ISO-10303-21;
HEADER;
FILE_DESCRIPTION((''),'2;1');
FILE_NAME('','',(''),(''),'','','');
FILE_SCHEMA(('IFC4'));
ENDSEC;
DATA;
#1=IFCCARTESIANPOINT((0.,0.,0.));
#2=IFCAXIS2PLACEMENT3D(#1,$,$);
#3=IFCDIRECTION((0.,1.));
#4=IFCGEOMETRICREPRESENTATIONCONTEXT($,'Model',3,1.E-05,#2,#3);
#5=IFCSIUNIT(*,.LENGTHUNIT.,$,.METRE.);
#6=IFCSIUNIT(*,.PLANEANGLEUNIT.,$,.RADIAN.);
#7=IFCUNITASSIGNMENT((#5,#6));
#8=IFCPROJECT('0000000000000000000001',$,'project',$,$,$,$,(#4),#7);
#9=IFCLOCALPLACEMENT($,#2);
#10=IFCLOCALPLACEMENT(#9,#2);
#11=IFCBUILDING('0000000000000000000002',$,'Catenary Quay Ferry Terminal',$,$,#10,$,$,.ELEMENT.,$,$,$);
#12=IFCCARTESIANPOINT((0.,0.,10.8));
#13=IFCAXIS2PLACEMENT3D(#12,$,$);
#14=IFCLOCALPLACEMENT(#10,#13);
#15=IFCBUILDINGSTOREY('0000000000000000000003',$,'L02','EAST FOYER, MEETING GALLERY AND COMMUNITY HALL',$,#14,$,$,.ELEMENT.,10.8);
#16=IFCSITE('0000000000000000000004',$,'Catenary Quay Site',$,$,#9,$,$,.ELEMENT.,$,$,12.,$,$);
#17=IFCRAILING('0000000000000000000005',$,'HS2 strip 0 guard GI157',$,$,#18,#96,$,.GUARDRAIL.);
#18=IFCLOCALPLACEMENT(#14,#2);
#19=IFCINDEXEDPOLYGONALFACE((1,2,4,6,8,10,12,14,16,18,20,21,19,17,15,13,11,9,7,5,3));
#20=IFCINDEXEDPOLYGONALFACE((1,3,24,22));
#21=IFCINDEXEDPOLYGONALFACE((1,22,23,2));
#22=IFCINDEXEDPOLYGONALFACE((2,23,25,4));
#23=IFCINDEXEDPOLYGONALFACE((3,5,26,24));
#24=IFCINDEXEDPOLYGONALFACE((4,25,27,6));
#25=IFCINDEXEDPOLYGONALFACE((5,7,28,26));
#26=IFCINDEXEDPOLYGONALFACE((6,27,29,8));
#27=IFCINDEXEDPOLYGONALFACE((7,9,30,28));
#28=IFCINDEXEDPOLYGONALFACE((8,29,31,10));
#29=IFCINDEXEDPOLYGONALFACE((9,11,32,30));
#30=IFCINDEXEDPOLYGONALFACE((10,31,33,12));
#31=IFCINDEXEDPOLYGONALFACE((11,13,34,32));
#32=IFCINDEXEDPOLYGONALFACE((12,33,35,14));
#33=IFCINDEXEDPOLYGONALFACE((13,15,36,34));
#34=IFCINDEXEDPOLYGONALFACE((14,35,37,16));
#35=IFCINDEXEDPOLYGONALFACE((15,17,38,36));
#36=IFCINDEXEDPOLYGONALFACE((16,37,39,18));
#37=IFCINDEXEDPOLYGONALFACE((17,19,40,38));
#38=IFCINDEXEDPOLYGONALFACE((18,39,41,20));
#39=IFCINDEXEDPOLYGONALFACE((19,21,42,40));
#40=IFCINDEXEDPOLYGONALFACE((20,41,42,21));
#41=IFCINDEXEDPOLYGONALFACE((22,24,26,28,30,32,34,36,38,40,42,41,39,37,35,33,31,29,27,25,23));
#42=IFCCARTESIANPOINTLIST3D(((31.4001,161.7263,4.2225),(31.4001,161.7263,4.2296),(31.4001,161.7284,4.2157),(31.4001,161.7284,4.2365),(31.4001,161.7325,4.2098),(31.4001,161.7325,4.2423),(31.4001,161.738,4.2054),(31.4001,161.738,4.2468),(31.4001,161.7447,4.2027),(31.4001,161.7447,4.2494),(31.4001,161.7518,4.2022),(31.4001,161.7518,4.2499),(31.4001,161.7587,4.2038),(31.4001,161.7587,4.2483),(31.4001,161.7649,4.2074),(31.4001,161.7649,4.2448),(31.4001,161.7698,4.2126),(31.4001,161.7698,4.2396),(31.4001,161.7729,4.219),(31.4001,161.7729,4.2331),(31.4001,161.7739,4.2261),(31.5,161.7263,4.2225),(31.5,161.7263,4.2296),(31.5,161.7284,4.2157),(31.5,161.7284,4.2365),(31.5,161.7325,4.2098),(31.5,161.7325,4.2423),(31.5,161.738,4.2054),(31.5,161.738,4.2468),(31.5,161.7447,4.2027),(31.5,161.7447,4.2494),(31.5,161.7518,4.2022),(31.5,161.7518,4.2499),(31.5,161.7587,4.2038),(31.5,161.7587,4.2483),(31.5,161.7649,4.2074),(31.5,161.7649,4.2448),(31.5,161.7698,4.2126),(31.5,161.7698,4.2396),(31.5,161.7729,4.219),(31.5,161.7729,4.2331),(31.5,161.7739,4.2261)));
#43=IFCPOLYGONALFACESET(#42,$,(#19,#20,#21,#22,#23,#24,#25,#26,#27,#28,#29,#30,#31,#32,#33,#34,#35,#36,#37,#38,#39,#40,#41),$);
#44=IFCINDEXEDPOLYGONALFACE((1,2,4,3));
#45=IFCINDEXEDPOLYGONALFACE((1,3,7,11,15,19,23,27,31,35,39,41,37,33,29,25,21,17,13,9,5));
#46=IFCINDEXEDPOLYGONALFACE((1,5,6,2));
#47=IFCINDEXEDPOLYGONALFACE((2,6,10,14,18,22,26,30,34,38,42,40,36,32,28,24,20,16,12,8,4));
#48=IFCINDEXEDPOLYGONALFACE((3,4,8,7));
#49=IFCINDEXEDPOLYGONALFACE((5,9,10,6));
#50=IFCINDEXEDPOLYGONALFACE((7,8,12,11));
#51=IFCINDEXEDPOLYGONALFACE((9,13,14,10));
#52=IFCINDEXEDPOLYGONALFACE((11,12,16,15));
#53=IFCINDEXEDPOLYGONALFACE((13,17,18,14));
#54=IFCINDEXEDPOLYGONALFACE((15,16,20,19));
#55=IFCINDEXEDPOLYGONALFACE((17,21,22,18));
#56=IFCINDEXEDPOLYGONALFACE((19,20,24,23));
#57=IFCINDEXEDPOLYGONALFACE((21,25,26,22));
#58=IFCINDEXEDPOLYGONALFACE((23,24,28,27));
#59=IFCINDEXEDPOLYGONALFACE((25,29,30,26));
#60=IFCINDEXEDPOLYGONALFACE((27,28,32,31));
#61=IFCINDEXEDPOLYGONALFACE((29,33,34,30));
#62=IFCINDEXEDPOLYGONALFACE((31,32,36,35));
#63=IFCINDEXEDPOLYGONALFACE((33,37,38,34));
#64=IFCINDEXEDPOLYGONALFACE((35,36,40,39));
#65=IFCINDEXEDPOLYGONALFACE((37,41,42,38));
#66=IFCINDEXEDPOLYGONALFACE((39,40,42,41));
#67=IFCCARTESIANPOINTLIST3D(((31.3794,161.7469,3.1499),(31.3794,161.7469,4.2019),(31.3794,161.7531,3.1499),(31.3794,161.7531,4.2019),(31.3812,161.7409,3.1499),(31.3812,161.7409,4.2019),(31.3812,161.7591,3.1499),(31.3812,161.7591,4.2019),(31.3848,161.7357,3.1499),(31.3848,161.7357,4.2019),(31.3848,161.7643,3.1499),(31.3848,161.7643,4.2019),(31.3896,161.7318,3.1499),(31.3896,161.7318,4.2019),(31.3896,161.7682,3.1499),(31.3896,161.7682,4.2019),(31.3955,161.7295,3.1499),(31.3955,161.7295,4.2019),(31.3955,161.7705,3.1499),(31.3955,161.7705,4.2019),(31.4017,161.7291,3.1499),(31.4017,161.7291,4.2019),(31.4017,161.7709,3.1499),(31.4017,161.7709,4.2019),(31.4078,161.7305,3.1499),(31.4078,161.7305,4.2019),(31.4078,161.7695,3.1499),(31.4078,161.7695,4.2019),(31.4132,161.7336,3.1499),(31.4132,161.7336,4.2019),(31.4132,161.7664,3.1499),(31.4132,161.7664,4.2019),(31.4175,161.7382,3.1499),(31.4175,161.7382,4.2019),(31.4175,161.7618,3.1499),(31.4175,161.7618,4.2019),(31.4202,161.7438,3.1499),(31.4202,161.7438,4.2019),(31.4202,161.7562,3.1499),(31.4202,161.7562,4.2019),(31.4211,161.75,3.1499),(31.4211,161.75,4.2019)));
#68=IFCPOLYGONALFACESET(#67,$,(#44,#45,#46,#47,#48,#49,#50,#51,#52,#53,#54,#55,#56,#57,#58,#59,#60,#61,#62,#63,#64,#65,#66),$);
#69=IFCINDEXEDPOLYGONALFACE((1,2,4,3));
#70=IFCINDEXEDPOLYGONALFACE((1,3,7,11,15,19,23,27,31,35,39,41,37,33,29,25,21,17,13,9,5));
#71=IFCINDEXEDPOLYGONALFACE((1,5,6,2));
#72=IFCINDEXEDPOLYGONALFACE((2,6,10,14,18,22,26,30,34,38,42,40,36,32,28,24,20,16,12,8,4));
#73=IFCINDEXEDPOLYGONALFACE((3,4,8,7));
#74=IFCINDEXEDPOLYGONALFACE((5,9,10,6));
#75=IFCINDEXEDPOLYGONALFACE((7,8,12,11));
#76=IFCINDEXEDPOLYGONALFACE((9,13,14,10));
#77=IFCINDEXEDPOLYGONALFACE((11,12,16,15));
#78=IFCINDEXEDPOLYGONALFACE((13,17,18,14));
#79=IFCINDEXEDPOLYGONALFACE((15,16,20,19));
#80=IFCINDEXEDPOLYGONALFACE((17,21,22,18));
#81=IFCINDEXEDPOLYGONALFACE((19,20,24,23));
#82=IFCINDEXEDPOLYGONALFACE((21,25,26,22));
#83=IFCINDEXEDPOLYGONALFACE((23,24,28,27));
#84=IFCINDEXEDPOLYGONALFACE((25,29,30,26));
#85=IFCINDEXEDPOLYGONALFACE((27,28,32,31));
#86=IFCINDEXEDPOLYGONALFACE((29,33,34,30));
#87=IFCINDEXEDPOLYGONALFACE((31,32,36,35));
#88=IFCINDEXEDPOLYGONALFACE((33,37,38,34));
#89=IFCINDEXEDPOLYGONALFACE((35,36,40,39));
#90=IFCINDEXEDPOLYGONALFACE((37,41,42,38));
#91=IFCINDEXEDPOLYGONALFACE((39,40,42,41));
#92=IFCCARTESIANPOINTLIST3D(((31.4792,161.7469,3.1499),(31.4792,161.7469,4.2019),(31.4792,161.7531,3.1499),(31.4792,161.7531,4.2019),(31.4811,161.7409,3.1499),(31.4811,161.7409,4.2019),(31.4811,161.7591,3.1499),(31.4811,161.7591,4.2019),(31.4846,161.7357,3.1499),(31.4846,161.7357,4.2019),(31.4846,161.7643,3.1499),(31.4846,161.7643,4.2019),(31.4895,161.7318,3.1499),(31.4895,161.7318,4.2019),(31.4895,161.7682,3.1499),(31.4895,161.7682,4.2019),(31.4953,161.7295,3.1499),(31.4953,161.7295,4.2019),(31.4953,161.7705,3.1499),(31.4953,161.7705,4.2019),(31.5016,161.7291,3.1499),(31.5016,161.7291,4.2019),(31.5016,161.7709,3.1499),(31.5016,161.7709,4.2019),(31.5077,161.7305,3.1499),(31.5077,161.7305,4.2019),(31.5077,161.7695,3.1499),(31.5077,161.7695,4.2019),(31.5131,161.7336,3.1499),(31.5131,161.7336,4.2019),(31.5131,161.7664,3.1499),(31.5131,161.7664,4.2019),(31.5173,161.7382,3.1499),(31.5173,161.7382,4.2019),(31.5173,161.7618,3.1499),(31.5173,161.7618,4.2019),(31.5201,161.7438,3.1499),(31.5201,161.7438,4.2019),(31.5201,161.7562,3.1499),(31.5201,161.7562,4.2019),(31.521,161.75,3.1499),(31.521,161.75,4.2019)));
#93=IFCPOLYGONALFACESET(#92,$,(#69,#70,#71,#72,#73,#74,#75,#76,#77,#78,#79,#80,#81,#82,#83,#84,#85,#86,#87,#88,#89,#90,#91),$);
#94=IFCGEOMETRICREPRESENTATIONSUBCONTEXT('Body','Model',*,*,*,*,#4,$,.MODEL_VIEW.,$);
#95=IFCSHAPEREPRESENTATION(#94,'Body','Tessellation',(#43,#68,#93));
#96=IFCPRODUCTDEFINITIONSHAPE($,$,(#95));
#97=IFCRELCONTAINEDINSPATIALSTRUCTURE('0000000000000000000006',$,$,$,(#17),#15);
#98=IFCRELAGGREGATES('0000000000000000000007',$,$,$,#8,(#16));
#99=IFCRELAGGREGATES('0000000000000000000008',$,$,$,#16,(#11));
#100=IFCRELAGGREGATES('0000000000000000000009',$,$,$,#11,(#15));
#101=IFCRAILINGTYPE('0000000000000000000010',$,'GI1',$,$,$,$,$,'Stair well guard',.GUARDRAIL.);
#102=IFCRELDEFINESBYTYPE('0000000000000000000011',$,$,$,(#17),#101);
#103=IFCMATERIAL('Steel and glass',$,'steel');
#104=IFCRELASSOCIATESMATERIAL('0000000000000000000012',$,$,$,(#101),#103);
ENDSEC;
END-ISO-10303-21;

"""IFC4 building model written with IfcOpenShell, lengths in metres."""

from ifc_helpers import new_model, si_unit, direction, frame, origin, origin_2d, place, context, subcontext, project, spatial, circle, extrude, material, type_object, element, save


model = new_model("IFC4")

# Units and contexts
model_context = context("Model", 3, precision=1e-05, world=origin(), true_north=direction((0.0, 1.0)))
body_context = subcontext(model_context, "Body", "Model", "MODEL_VIEW")
ifc_project = project(units=[si_unit("LENGTHUNIT", "METRE"), si_unit("PLANEANGLEUNIT", "RADIAN")], contexts=[model_context])

# Site, building, storey
site_placement = place(None, origin())
site = spatial("IfcSite", under=ifc_project, at=site_placement, Name="Catenary Quay Site", CompositionType="ELEMENT", RefElevation=12.0)
building_placement = place(site_placement, origin())
building = spatial("IfcBuilding", under=site, at=building_placement, Name="Catenary Quay Ferry Terminal", CompositionType="ELEMENT")
storey_placement = place(building_placement, frame((0.0, 0.0, 10.8)))
storey = spatial("IfcBuildingStorey", under=building, at=storey_placement, Name="L02", Description="EAST FOYER, MEETING GALLERY AND COMMUNITY HALL", CompositionType="ELEMENT", Elevation=10.8)

# Railing
ifc_material_1 = material(Name="Steel and glass", Category="steel")
railing_type_1 = type_object("IfcRailingType", Name="GI1", ElementType="Stair well guard", PredefinedType="GUARDRAIL", material=ifc_material_1)
railing_1_placement = place(storey_placement, frame((31.4001, 161.75, 3.1499)))
element("IfcRailing", 1, at=railing_1_placement, inside=storey, type_object=railing_type_1, Name="HS2 strip 0 guard GI157", PredefinedType="GUARDRAIL", context=body_context, shape_type="SweptSolid", body=[
    extrude(circle(Radius=0.0239, at=origin_2d()), frame((0.0, 0.0, 1.0762), z_axis=(1.0, 0.0, 0.0), x_axis=(0.0, 1.0, 0.0)), (0.0, 0.0, 1.0), 0.0999),
    extrude(circle(Radius=0.021, at=origin_2d()), origin(), (0.0, 0.0, 1.0), 1.052),
    extrude(circle(Radius=0.021, at=origin_2d()), frame((0.0999, 0.0, 0.0)), (0.0, 0.0, 1.0), 1.052),
])

save(model, "model.ifc")
